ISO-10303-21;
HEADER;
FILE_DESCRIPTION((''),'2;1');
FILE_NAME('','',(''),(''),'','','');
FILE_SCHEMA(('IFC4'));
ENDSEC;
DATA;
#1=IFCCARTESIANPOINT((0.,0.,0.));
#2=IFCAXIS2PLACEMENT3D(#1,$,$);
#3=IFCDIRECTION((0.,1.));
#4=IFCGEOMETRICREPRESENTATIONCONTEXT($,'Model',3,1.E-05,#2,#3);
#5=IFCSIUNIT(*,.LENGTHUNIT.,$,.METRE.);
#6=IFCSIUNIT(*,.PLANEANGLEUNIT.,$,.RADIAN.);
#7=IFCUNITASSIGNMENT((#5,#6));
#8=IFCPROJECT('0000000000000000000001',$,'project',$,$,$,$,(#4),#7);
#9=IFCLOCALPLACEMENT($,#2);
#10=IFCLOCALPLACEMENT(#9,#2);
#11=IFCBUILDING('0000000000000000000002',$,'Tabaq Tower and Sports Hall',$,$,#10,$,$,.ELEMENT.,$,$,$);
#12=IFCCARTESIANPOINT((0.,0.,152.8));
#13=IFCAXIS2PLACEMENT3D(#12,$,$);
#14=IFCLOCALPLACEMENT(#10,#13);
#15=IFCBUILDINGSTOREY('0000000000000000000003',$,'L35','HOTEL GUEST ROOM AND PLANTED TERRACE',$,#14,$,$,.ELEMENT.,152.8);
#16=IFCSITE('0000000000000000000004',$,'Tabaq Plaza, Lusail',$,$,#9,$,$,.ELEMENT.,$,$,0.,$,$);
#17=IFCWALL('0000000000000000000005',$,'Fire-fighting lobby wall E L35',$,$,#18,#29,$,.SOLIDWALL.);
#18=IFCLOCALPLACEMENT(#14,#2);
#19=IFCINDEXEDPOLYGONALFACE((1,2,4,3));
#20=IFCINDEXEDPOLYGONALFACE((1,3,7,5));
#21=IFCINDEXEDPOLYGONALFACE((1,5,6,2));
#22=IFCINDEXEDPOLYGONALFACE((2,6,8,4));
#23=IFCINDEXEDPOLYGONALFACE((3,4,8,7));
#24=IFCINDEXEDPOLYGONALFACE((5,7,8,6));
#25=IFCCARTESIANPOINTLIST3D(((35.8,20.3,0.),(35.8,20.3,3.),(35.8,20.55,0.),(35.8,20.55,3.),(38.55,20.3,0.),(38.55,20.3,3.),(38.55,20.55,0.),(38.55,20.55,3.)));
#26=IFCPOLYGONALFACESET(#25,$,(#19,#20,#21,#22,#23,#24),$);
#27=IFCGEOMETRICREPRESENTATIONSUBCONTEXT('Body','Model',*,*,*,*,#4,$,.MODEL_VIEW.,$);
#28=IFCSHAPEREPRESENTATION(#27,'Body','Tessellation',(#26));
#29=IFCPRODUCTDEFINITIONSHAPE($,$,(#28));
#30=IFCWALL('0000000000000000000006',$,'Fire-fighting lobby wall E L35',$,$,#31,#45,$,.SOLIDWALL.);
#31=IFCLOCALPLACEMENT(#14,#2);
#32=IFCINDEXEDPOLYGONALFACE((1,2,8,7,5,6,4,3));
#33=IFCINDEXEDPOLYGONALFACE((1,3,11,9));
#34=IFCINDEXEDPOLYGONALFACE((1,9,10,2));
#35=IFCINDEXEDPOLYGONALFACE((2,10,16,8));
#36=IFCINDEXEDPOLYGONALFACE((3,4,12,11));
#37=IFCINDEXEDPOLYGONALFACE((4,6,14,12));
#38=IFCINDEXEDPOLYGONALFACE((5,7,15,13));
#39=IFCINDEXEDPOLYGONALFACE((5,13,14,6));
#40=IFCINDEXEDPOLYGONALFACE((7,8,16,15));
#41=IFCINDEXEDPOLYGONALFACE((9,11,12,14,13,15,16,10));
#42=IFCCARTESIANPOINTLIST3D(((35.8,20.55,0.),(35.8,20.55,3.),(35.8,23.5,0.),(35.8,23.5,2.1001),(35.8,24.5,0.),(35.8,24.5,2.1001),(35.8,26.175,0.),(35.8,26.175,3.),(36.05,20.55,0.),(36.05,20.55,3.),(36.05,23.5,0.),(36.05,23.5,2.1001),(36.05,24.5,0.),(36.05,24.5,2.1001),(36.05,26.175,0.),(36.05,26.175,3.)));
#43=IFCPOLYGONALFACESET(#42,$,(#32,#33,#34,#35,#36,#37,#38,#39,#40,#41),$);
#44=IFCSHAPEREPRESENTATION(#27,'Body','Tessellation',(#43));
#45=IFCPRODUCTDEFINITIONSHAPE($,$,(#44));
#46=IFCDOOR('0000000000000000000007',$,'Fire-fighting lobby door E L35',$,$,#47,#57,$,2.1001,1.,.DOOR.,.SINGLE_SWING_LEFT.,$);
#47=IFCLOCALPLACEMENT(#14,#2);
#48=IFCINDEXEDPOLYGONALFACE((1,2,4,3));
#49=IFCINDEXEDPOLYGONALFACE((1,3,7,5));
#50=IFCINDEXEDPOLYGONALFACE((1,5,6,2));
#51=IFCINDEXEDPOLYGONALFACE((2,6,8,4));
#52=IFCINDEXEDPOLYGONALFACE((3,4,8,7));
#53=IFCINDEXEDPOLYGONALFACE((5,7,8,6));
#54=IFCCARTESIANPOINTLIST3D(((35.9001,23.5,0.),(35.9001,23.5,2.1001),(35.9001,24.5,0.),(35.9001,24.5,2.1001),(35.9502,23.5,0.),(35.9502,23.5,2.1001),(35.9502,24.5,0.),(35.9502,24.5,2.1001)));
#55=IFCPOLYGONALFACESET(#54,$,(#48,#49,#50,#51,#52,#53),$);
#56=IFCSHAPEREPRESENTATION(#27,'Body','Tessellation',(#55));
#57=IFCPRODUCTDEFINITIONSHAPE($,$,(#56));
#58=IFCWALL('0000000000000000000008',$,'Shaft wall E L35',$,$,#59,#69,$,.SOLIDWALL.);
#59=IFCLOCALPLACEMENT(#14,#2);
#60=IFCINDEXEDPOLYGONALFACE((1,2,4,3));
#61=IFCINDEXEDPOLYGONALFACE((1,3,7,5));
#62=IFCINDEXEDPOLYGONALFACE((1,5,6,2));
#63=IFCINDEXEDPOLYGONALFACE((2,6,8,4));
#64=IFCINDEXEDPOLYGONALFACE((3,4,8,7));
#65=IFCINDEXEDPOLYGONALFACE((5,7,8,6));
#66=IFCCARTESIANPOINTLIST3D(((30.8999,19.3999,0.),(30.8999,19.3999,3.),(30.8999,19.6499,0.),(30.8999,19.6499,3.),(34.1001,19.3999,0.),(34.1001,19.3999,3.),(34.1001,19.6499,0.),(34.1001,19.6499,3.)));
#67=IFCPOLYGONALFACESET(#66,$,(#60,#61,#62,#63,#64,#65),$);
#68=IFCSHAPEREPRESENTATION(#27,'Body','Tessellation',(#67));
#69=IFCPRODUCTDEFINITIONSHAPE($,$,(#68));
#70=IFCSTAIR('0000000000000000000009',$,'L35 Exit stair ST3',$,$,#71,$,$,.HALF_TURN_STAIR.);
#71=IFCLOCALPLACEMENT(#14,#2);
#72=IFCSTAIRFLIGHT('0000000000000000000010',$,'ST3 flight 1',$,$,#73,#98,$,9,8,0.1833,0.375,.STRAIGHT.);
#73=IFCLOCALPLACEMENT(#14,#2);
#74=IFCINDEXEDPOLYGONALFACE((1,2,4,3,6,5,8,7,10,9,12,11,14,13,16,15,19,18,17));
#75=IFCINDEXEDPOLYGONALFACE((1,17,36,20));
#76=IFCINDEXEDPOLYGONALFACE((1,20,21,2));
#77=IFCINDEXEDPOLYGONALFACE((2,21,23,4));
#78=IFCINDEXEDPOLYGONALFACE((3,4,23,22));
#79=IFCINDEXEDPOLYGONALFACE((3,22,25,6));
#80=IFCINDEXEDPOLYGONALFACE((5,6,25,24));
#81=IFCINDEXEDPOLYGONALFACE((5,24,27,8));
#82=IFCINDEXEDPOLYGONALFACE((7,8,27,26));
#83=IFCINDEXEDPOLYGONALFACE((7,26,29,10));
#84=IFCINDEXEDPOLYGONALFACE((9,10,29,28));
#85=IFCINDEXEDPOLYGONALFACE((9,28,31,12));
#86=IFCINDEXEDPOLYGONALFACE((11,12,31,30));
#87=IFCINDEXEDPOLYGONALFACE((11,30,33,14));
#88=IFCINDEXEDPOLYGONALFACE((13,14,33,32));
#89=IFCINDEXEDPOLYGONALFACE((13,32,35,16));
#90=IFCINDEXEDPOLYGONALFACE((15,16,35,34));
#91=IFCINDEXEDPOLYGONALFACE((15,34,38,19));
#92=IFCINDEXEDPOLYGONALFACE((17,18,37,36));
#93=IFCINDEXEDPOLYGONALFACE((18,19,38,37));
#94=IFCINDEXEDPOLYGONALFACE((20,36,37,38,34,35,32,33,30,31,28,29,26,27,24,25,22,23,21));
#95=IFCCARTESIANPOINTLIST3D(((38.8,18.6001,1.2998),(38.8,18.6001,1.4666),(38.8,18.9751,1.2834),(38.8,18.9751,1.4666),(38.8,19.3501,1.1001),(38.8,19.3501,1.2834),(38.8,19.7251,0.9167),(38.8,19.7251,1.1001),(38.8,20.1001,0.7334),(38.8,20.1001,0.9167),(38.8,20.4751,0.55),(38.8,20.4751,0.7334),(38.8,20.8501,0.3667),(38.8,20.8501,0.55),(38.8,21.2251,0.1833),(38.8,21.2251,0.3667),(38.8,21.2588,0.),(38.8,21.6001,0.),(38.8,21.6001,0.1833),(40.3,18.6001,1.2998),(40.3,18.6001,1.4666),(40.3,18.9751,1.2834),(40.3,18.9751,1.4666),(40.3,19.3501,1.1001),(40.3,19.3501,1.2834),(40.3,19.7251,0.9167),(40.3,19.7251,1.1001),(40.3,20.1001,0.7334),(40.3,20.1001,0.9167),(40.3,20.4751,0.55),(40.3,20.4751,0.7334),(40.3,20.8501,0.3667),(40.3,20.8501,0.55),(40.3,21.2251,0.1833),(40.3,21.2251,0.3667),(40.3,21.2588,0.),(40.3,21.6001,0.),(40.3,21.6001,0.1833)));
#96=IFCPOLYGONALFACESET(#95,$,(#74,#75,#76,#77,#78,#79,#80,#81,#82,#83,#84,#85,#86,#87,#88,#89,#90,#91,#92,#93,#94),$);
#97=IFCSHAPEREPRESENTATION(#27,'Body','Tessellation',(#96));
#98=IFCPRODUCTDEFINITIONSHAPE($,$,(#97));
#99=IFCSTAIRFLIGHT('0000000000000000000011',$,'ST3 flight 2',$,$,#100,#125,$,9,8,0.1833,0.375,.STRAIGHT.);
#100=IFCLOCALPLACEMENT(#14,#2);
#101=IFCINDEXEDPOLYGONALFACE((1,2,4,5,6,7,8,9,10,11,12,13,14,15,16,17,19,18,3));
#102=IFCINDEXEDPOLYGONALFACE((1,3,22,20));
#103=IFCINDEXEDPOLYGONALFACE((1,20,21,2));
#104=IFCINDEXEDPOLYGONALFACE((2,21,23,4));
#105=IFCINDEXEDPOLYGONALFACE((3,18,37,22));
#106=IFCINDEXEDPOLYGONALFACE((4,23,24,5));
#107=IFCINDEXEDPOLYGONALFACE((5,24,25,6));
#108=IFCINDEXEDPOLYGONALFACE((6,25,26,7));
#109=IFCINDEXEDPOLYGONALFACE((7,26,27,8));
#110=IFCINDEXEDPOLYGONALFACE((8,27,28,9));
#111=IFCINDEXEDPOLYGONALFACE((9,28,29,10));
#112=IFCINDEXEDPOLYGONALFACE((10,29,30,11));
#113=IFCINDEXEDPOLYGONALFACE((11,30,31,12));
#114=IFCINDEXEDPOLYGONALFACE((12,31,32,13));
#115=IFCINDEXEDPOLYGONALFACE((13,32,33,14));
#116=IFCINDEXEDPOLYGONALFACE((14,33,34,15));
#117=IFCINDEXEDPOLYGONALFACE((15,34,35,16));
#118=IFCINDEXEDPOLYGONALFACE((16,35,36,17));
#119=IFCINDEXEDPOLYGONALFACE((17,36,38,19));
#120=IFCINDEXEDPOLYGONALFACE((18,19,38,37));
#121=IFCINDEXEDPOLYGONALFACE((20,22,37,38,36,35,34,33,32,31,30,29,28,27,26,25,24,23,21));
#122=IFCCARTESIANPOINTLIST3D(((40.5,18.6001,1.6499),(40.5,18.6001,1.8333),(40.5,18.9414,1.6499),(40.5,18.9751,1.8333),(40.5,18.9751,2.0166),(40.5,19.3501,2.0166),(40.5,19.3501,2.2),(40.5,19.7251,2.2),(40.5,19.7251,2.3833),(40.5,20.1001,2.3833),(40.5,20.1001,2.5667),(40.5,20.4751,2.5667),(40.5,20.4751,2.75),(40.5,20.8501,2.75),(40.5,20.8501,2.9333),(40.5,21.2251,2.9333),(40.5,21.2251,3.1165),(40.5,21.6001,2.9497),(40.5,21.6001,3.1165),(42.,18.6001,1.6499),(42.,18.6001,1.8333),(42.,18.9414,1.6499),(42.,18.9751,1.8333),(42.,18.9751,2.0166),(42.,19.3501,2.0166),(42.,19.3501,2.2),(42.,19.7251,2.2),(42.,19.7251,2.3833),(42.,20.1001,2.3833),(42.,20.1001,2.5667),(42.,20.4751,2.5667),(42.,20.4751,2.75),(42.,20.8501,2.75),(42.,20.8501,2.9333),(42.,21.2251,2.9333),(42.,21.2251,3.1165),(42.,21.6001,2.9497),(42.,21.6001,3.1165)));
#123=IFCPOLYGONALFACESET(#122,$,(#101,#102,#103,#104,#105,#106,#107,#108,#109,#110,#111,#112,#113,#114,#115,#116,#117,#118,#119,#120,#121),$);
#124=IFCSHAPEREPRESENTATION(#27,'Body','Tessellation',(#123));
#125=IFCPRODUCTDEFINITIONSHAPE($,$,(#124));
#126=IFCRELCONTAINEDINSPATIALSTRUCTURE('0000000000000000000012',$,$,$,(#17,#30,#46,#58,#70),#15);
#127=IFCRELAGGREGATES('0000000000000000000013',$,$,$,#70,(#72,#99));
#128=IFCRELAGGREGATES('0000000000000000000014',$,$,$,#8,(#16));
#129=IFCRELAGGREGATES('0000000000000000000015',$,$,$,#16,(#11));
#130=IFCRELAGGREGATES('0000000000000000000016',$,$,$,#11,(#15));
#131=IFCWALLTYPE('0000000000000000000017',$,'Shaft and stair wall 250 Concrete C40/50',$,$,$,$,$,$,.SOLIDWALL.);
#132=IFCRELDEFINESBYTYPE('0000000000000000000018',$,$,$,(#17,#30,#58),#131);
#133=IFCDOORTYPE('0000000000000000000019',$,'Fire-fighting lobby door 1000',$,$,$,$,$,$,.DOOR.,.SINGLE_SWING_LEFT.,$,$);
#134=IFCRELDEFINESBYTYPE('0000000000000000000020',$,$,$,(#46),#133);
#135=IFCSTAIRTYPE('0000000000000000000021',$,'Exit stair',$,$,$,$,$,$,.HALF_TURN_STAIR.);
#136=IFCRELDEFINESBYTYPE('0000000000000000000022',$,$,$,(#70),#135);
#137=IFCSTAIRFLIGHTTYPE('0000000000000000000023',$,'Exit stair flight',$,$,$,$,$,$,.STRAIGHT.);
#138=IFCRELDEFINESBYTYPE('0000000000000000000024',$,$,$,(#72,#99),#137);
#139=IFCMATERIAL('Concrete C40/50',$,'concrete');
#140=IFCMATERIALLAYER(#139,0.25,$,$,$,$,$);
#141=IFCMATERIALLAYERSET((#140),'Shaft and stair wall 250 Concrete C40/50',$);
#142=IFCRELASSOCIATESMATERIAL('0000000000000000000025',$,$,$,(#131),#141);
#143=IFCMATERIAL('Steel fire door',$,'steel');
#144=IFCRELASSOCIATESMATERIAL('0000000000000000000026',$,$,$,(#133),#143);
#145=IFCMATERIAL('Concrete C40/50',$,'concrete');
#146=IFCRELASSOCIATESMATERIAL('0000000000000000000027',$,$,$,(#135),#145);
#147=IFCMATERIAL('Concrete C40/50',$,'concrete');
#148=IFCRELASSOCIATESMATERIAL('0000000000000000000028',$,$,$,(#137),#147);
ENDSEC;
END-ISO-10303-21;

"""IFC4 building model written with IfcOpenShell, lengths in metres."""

from ifc_helpers import new_model, si_unit, direction, frame, frame_2d, origin, place, context, subcontext, project, spatial, polyline, rectangle, outline, extrude, material, layer, layer_set, type_object, element, fill, aggregate, save


model = new_model("IFC4")

# Units and contexts
model_context = context("Model", 3, precision=1e-05, world=origin(), true_north=direction((0.0, 1.0)))
body_context = subcontext(model_context, "Body", "Model", "MODEL_VIEW")
ifc_project = project(units=[si_unit("LENGTHUNIT", "METRE"), si_unit("PLANEANGLEUNIT", "RADIAN")], contexts=[model_context])

# Site, building, storey
site_placement = place(None, origin())
site = spatial("IfcSite", under=ifc_project, at=site_placement, Name="Tabaq Plaza, Lusail", CompositionType="ELEMENT", RefElevation=0.0)
building_placement = place(site_placement, origin())
building = spatial("IfcBuilding", under=site, at=building_placement, Name="Tabaq Tower and Sports Hall", CompositionType="ELEMENT")
storey_placement = place(building_placement, frame((0.0, 0.0, 152.8)))
storey = spatial("IfcBuildingStorey", under=building, at=storey_placement, Name="L35", Description="HOTEL GUEST ROOM AND PLANTED TERRACE", CompositionType="ELEMENT", Elevation=152.8)

# Shared definitions
ifc_material_1 = material(Name="Concrete C40/50", Category="concrete")
ifc_layer = layer(ifc_material_1, 0.25)
ifc_layer_set = layer_set([ifc_layer], Name="Shaft and stair wall 250 Concrete C40/50")
wall_type = type_object("IfcWallType", Name="Shaft and stair wall 250 Concrete C40/50", PredefinedType="SOLIDWALL", material=ifc_layer_set)

# Wall
for number, where, z_axis, x_axis, name in (
    (1, (35.8, 20.425, 0.0), (0.0, 0.0, 1.0), (1.0, 0.0, 0.0), "Fire-fighting lobby wall E L35"),
):
    element("IfcWall", number, at=place(storey_placement, frame(where, z_axis=z_axis, x_axis=x_axis)), inside=storey, type_object=wall_type, Name=name, PredefinedType="SOLIDWALL", context=body_context, shape_type="SweptSolid", body=[
        extrude(rectangle(XDim=2.75, YDim=0.25, at=frame_2d((1.375, 0.0))), origin(), (0.0, 0.0, 1.0), 3.0),
    ])

# Wall, opening, door
wall_1_placement = place(storey_placement, frame((35.925, 20.55, 0.0), z_axis=(0.0, 0.0, 1.0), x_axis=(0.0, 1.0, 0.0)))
wall_1 = element("IfcWall", 2, at=wall_1_placement, inside=storey, type_object=wall_type, Name="Fire-fighting lobby wall E L35", PredefinedType="SOLIDWALL", context=body_context, shape_type="SweptSolid", body=[
    extrude(rectangle(XDim=5.625, YDim=0.25, at=frame_2d((2.8125, 0.0))), origin(), (0.0, 0.0, 1.0), 3.0),
])
opening_1_placement = place(wall_1_placement, frame((2.95, 0.0, 0.0)))
opening_1 = element("IfcOpeningElement", 3, at=opening_1_placement, cuts=wall_1, PredefinedType="OPENING", context=body_context, shape_type="SweptSolid", body=[
    extrude(rectangle(XDim=1.0, YDim=2.1001, at=frame_2d((0.5, 1.05))), frame((0.0, 0.125, 0.0), z_axis=(0.0, -1.0, 0.0), x_axis=(1.0, 0.0, 0.0)), (0.0, 0.0, 1.0), 0.25),
])
ifc_material_2 = material(Name="Steel fire door", Category="steel")
door_type_1 = type_object("IfcDoorType", Name="Fire-fighting lobby door 1000", OperationType="SINGLE_SWING_LEFT", PredefinedType="DOOR", material=ifc_material_2)
door_1_placement = place(opening_1_placement, origin())
door_1 = element("IfcDoor", 4, at=door_1_placement, inside=storey, type_object=door_type_1, Name="Fire-fighting lobby door E L35", OperationType="SINGLE_SWING_LEFT", OverallHeight=2.1001, OverallWidth=1.0, PredefinedType="DOOR", context=body_context, shape_type="SweptSolid", body=[
    extrude(rectangle(XDim=1.0, YDim=2.1001, at=frame_2d((0.5, 1.05))), frame((0.0, 0.0249, 0.0), z_axis=(0.0, -1.0, 0.0), x_axis=(1.0, 0.0, 0.0)), (0.0, 0.0, 1.0), 0.05),
])
fill(opening_1, door_1)

# Wall
wall_2_placement = place(storey_placement, frame((30.8999, 19.5249, 0.0), z_axis=(0.0, 0.0, 1.0), x_axis=(1.0, 0.0, 0.0)))
element("IfcWall", 5, at=wall_2_placement, inside=storey, type_object=wall_type, Name="Shaft wall E L35", PredefinedType="SOLIDWALL", context=body_context, shape_type="SweptSolid", body=[
    extrude(rectangle(XDim=3.2002, YDim=0.25, at=frame_2d((1.6001, 0.0))), origin(), (0.0, 0.0, 1.0), 3.0),
])

# Stair, stair flights
ifc_material_3 = material(Name="Concrete C40/50", Category="concrete")
stair_type = type_object("IfcStairType", Name="Exit stair", PredefinedType="HALF_TURN_STAIR", material=ifc_material_3)
stair_placement = place(storey_placement, origin())
stair = element("IfcStair", 6, at=stair_placement, inside=storey, type_object=stair_type, Name="L35 Exit stair ST3", PredefinedType="HALF_TURN_STAIR")
ifc_material_4 = material(Name="Concrete C40/50", Category="concrete")
stair_flight_type = type_object("IfcStairFlightType", Name="Exit stair flight", PredefinedType="STRAIGHT", material=ifc_material_4)
stair_flight_1_placement = place(storey_placement, frame((39.55, 21.6001, 0.0), z_axis=(0.0, 0.0, 1.0), x_axis=(0.0, -1.0, 0.0)))
stair_flight_1 = element("IfcStairFlight", 7, at=stair_flight_1_placement, type_object=stair_flight_type, Name="ST3 flight 1", NumberOfRisers=9, NumberOfTreads=8, PredefinedType="STRAIGHT", RiserHeight=0.1833, TreadLength=0.375, context=body_context, shape_type="SweptSolid", body=[
    extrude(outline(polyline([(0.0, 0.0), (0.0, 0.1833), (0.375, 0.1833), (0.375, 0.3667), (0.75, 0.3667), (0.75, 0.55), (1.125, 0.55), (1.125, 0.7334), (1.5, 0.7334), (1.5, 0.9167), (1.875, 0.9167), (1.875, 1.1001), (2.25, 1.1001), (2.25, 1.2834), (2.625, 1.2834), (2.625, 1.4666), (3.0, 1.4666), (3.0, 1.6499), (3.0, 1.2998), (0.3413, 0.0), (0.0, 0.0)])), frame((0.0, 0.75, 0.0), z_axis=(0.0, -1.0, 0.0), x_axis=(1.0, 0.0, 0.0)), (0.0, 0.0, 1.0), 1.5),
])
stair_flight_2_placement = place(storey_placement, frame((41.25, 18.6001, 1.6499), z_axis=(0.0, 0.0, 1.0), x_axis=(0.0, 1.0, 0.0)))
stair_flight_2 = element("IfcStairFlight", 8, at=stair_flight_2_placement, type_object=stair_flight_type, Name="ST3 flight 2", NumberOfRisers=9, NumberOfTreads=8, PredefinedType="STRAIGHT", RiserHeight=0.1833, TreadLength=0.375, context=body_context, shape_type="SweptSolid", body=[
    extrude(outline(polyline([(0.0, 0.0), (0.0, 0.1833), (0.375, 0.1833), (0.375, 0.3667), (0.75, 0.3667), (0.75, 0.55), (1.125, 0.55), (1.125, 0.7334), (1.5, 0.7334), (1.5, 0.9167), (1.875, 0.9167), (1.875, 1.1001), (2.25, 1.1001), (2.25, 1.2834), (2.625, 1.2834), (2.625, 1.4666), (3.0, 1.4666), (3.0, 1.6499), (3.0, 1.2998), (0.3413, 0.0), (0.0, 0.0)])), frame((0.0, 0.75, 0.0), z_axis=(0.0, -1.0, 0.0), x_axis=(1.0, 0.0, 0.0)), (0.0, 0.0, 1.0), 1.5),
])
aggregate(stair, [stair_flight_1, stair_flight_2])

save(model, "model.ifc")
